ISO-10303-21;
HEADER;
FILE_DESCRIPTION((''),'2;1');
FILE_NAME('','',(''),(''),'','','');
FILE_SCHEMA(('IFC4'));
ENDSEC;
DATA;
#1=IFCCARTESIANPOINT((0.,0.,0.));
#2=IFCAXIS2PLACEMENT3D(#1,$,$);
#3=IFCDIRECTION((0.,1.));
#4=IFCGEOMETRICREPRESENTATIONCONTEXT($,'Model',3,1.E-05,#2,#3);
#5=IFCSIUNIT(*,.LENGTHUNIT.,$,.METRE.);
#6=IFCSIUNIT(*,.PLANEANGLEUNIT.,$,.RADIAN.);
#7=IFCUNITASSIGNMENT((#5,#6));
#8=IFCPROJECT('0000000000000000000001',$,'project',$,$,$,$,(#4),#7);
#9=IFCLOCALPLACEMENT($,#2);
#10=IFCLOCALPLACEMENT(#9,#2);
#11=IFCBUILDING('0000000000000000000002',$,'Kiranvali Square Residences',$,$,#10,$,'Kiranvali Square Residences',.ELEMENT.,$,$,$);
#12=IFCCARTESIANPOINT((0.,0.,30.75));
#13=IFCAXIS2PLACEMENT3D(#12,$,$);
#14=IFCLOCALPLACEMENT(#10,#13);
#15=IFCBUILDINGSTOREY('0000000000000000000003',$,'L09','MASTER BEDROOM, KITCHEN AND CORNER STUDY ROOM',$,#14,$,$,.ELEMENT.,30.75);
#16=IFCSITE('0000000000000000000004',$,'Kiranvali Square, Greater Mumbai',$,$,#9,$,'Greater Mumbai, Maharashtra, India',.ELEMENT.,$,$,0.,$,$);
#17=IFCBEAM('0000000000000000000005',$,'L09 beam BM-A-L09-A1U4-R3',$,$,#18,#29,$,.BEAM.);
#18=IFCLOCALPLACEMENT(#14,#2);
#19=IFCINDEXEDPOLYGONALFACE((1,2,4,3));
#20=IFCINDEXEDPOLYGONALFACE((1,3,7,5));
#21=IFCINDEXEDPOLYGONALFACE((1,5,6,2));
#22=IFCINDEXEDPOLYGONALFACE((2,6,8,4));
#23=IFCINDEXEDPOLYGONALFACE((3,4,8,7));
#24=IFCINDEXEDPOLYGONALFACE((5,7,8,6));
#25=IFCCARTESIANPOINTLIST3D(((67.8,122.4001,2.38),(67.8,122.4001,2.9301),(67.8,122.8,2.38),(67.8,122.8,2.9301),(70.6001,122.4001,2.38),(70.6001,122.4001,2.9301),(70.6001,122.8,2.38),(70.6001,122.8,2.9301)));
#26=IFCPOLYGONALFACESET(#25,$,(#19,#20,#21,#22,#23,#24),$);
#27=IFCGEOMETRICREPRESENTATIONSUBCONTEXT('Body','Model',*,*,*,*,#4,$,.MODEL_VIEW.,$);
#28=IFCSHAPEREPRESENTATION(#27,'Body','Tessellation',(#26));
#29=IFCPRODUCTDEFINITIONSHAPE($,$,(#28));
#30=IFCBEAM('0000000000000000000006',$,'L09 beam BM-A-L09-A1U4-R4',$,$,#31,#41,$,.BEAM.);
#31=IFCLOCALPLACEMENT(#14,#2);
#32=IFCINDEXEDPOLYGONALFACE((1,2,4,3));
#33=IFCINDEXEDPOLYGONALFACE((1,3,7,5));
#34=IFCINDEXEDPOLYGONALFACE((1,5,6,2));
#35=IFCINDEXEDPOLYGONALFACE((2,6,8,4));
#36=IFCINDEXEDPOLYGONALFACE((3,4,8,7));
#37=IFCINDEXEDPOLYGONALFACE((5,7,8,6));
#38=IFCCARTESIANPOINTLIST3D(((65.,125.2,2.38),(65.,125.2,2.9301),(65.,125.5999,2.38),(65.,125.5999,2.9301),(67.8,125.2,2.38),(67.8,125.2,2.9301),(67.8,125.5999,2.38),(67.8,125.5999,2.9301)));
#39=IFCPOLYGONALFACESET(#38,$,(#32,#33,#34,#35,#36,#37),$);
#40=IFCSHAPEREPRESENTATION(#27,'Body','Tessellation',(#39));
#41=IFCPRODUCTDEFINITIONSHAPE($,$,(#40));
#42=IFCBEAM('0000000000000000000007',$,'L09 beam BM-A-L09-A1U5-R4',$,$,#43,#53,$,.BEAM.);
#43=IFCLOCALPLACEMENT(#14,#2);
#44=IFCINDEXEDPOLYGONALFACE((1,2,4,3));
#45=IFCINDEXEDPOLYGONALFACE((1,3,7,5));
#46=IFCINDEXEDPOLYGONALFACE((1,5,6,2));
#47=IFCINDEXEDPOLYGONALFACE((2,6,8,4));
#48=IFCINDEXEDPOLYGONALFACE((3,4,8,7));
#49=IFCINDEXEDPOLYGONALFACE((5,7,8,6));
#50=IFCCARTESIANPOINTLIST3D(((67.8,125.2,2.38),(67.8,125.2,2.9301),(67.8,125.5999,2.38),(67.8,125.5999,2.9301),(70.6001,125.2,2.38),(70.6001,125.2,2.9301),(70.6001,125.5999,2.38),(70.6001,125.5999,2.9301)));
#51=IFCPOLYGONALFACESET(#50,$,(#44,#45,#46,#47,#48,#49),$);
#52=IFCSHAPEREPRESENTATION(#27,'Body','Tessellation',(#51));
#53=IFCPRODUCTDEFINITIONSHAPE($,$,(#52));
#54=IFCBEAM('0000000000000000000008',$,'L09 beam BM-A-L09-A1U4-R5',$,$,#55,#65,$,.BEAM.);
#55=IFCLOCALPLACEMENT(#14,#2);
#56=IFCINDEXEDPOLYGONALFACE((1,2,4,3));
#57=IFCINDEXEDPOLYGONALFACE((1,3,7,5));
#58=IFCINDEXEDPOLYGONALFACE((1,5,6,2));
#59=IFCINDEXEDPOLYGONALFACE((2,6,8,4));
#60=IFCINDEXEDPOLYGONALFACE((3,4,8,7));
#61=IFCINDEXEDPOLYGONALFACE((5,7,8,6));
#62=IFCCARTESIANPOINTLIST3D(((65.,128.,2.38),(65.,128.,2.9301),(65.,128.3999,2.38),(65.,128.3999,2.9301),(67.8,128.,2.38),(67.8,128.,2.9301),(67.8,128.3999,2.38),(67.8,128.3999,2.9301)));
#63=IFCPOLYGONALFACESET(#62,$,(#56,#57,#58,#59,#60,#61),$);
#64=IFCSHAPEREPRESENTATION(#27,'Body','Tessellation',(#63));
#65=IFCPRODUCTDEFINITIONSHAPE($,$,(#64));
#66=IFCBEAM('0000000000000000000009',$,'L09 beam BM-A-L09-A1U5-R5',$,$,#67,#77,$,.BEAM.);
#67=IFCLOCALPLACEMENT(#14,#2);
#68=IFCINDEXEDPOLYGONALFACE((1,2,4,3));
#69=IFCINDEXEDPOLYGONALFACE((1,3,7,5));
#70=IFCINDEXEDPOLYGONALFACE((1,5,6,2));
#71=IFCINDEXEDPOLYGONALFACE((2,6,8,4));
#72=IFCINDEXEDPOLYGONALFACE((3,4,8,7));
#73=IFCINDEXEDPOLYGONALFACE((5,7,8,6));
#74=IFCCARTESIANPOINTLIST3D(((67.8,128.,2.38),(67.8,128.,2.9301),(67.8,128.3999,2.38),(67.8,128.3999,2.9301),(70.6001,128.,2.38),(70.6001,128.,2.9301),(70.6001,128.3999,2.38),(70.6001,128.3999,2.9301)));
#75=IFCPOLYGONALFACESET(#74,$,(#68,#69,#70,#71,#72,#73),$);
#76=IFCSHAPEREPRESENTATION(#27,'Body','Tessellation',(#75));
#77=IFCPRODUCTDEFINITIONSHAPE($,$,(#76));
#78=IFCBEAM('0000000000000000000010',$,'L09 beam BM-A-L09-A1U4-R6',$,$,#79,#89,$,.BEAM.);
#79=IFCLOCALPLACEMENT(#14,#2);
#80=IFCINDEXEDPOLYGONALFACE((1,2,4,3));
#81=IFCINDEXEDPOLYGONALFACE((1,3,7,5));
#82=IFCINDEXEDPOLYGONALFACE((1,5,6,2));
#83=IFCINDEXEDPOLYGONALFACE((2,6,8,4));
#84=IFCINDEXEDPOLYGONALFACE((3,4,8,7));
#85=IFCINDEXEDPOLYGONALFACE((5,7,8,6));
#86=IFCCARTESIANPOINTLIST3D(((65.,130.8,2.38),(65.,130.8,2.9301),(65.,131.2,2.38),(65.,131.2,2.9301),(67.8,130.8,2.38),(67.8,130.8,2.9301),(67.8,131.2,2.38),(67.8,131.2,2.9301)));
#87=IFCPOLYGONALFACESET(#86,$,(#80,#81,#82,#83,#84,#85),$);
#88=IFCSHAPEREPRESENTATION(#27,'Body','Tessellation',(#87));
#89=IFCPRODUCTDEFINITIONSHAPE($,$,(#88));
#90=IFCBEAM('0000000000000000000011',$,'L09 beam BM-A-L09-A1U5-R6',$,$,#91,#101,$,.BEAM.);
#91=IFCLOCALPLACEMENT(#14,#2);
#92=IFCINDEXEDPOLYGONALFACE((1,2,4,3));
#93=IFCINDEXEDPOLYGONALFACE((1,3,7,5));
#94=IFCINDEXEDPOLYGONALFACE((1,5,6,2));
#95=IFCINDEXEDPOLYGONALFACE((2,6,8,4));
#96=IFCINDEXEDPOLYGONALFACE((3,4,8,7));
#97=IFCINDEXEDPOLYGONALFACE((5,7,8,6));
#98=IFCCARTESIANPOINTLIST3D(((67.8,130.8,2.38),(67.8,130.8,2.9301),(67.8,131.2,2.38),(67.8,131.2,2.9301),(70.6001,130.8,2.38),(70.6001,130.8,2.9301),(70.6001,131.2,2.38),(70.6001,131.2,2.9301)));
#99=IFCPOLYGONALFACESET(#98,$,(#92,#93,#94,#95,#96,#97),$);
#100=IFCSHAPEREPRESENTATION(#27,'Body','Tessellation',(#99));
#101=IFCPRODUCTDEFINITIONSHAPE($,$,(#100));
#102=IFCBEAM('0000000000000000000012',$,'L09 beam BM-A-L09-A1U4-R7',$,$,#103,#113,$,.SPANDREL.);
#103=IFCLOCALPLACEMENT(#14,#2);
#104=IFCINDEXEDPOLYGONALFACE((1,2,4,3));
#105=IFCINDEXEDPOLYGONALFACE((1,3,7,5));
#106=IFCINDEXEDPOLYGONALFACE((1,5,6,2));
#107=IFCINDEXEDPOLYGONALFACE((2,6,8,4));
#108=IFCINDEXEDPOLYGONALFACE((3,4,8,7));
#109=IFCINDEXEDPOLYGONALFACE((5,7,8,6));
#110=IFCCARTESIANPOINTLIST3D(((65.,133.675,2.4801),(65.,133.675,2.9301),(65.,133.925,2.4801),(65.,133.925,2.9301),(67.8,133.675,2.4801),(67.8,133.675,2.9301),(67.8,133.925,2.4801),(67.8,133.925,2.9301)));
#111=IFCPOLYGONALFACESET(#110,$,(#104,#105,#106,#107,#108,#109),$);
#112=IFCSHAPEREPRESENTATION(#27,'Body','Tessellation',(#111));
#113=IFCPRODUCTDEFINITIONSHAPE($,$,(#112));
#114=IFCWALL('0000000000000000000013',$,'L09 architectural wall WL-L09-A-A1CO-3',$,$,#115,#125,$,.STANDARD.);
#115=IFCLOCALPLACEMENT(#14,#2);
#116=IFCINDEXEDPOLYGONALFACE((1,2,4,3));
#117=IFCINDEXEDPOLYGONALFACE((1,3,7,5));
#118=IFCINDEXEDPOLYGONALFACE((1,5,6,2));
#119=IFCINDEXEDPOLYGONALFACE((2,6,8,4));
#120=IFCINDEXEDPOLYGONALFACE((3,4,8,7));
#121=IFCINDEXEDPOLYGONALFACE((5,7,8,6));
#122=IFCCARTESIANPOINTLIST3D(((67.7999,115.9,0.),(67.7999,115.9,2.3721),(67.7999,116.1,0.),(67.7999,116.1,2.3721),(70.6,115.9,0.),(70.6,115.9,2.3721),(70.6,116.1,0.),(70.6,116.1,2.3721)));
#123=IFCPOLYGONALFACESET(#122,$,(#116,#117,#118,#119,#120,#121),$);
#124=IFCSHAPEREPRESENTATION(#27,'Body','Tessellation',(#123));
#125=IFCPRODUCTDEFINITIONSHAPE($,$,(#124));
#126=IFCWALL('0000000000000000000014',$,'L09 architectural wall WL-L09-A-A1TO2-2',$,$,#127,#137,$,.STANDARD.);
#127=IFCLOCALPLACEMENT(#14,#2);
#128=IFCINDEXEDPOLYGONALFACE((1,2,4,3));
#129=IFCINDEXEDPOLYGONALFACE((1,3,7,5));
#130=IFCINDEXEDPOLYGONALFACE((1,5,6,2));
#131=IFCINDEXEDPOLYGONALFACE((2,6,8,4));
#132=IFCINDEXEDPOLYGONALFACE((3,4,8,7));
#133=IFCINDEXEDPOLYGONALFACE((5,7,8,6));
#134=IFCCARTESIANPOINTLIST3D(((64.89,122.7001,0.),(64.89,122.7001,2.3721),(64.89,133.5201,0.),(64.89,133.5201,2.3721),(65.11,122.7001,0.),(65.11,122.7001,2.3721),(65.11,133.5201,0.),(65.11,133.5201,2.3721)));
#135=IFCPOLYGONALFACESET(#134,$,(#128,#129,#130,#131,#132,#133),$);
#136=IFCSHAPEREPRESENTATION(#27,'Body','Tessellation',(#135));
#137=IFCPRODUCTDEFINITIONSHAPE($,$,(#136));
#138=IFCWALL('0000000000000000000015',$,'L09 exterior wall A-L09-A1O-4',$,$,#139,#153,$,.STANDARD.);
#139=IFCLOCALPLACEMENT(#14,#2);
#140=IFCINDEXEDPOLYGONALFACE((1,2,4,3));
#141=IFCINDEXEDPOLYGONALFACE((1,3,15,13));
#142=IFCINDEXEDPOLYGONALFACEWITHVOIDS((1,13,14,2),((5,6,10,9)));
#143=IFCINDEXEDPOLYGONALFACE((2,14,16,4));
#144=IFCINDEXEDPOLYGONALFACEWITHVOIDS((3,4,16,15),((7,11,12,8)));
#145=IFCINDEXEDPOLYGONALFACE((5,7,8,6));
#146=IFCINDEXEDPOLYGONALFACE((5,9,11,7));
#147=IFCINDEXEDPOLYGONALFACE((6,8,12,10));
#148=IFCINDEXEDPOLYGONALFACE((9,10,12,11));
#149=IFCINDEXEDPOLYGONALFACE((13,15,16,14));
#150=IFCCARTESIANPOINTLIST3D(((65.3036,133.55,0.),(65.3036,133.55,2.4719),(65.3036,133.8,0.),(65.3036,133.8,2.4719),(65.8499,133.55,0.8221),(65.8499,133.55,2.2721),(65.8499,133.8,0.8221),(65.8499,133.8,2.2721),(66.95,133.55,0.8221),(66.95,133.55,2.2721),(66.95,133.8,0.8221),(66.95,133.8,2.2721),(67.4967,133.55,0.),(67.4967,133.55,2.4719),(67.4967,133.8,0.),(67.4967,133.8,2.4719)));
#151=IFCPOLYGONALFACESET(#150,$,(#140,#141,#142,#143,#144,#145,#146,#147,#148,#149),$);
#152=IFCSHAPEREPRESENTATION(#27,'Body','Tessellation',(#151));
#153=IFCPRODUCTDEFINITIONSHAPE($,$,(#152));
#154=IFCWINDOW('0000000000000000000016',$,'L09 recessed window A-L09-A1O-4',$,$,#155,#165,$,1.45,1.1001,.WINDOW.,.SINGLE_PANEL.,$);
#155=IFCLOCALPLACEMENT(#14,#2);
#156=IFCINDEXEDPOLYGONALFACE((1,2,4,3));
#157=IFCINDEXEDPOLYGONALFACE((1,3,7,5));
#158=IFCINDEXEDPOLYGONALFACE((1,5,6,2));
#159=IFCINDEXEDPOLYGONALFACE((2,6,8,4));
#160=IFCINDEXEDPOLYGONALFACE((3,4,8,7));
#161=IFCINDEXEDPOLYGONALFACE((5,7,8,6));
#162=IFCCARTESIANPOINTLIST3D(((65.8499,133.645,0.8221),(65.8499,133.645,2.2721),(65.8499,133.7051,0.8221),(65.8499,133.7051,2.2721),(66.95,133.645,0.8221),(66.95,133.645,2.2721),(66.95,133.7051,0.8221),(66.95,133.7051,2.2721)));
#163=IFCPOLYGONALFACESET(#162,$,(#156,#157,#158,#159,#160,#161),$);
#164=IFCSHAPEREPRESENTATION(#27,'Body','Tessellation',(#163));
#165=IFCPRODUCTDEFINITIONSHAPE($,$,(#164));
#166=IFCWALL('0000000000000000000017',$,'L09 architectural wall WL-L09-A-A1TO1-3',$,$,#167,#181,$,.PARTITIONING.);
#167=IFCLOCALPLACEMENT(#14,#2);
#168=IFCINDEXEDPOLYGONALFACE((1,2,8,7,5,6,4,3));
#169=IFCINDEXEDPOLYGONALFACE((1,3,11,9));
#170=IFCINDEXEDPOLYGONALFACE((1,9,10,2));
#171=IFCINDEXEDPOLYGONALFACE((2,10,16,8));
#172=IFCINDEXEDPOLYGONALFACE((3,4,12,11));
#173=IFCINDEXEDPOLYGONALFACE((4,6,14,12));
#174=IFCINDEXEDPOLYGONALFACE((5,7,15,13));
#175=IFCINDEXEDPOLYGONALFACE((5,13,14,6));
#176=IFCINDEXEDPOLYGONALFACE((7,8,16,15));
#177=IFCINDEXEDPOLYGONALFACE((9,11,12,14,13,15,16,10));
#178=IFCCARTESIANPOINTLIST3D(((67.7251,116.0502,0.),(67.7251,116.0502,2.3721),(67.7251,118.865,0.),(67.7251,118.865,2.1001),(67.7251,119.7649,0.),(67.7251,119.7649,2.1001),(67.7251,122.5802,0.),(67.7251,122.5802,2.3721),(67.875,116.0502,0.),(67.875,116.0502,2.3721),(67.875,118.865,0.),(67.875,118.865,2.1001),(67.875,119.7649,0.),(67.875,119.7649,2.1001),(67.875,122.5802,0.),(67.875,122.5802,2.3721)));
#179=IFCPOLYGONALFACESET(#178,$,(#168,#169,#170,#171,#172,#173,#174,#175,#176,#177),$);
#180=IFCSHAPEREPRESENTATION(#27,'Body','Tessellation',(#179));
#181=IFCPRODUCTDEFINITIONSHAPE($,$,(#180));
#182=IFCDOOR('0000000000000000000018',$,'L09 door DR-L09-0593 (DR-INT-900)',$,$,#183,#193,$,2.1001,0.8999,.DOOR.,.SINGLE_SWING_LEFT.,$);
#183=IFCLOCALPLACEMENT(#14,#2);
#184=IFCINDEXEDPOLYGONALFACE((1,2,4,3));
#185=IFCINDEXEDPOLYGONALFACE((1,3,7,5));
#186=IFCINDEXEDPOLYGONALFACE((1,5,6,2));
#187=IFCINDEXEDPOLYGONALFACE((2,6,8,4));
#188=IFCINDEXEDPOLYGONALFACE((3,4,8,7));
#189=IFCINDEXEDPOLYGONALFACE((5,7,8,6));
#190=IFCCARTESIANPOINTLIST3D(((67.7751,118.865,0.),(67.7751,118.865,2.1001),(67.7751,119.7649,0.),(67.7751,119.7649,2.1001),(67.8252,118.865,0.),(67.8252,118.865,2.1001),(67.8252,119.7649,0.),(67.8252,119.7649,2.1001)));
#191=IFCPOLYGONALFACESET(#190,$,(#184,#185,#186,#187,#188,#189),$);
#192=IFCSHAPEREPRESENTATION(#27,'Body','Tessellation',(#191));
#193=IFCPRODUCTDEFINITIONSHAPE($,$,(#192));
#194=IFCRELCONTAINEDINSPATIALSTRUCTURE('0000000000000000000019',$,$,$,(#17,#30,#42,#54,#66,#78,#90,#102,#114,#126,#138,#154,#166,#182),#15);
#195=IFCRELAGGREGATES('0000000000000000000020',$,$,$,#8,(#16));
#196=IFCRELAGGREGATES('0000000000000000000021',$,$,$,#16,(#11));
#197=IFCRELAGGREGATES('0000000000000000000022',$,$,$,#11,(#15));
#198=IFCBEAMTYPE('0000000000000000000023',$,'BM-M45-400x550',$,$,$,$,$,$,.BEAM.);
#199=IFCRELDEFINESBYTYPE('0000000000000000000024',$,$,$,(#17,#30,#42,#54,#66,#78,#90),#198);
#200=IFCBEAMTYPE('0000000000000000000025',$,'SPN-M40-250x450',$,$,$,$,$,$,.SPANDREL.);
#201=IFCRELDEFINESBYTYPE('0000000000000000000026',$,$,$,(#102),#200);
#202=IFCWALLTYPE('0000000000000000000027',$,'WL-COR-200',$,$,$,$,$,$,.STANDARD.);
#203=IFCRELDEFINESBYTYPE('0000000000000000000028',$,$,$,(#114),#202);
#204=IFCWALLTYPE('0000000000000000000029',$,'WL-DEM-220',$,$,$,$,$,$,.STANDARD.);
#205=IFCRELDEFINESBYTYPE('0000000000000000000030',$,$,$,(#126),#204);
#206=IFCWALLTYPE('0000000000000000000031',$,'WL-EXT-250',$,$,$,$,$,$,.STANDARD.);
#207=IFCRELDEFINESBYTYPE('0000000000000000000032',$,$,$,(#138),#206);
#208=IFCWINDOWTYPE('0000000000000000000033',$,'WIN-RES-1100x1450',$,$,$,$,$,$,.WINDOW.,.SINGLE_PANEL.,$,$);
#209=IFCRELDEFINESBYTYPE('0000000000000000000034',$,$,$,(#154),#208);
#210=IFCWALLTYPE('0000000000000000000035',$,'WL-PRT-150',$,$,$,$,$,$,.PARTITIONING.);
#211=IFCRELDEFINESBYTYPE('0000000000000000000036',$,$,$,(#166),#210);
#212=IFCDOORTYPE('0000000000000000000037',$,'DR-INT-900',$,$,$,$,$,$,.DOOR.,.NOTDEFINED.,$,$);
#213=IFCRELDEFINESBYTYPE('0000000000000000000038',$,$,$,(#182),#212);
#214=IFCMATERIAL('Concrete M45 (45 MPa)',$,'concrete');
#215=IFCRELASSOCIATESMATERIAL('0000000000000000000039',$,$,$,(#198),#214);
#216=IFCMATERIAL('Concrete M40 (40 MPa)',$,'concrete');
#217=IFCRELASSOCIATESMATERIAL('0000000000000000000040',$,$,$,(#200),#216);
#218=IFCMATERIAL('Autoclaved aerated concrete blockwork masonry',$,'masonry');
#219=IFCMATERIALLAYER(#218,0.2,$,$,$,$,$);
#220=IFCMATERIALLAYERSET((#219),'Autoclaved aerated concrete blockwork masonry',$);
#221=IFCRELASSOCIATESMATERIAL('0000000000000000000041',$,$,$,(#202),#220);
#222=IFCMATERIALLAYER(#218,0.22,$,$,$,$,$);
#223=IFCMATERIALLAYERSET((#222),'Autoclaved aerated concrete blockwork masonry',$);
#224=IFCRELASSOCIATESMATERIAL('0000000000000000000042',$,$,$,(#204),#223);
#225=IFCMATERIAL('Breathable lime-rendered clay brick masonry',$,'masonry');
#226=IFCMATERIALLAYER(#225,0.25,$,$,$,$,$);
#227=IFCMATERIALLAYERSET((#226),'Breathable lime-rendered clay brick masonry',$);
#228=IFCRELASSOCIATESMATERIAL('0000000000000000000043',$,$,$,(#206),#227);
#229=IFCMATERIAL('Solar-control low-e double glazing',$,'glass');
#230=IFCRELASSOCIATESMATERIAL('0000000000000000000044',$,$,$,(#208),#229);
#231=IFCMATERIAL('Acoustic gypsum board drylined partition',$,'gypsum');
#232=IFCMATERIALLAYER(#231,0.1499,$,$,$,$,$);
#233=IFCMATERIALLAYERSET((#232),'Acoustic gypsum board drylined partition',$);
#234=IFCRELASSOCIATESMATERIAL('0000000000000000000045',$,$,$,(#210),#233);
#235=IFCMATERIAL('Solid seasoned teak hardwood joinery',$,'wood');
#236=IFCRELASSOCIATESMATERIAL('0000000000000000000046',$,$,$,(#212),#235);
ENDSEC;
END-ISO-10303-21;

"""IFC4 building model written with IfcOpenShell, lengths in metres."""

from ifc_helpers import new_model, si_unit, direction, frame, frame_2d, origin, origin_2d, place, context, subcontext, project, spatial, rectangle, extrude, material, layer, layer_set, material_profile, profile_set, type_object, element, fill, save


model = new_model("IFC4")

# Units and contexts
model_context = context("Model", 3, precision=1e-05, world=origin(), true_north=direction((0.0, 1.0)))
body_context = subcontext(model_context, "Body", "Model", "MODEL_VIEW")
ifc_project = project(units=[si_unit("LENGTHUNIT", "METRE"), si_unit("PLANEANGLEUNIT", "RADIAN")], contexts=[model_context])

# Site, building, storey
site_placement = place(None, origin())
site = spatial("IfcSite", under=ifc_project, at=site_placement, Name="Kiranvali Square, Greater Mumbai", LongName="Greater Mumbai, Maharashtra, India", CompositionType="ELEMENT", RefElevation=0.0)
building_placement = place(site_placement, origin())
building = spatial("IfcBuilding", under=site, at=building_placement, Name="Kiranvali Square Residences", LongName="Kiranvali Square Residences", CompositionType="ELEMENT")
storey_placement = place(building_placement, frame((0.0, 0.0, 30.75)))
storey = spatial("IfcBuildingStorey", under=building, at=storey_placement, Name="L09", Description="MASTER BEDROOM, KITCHEN AND CORNER STUDY ROOM", CompositionType="ELEMENT", Elevation=30.75)

# Shared definitions
ifc_material_1 = material(Name="Concrete M40 (40 MPa)", Category="concrete")

# Beams
ifc_material_2 = material(Name="Concrete M45 (45 MPa)", Category="concrete")
ifc_material_profile_1 = material_profile(ifc_material_2, rectangle(XDim=0.3999, YDim=0.55, at=origin_2d()), Name="RC 400x550")
ifc_profile_set_1 = profile_set([ifc_material_profile_1], Name="Concrete M45 (45 MPa)")
beam_type_1 = type_object("IfcBeamType", Name="BM-M45-400x550", PredefinedType="BEAM", material=ifc_profile_set_1)
for number, where, z_axis, x_axis, name in (
    (1, (67.8, 122.6001, 2.655), (1.0, 0.0, 0.0), (0.0, 1.0, 0.0), "L09 beam BM-A-L09-A1U4-R3"),
    (2, (65.0, 125.3999, 2.655), (1.0, 0.0, 0.0), (0.0, 1.0, 0.0), "L09 beam BM-A-L09-A1U4-R4"),
    (3, (67.8, 125.3999, 2.655), (1.0, 0.0, 0.0), (0.0, 1.0, 0.0), "L09 beam BM-A-L09-A1U5-R4"),
    (4, (65.0, 128.2, 2.655), (1.0, 0.0, 0.0), (0.0, 1.0, 0.0), "L09 beam BM-A-L09-A1U4-R5"),
    (5, (67.8, 128.2, 2.655), (1.0, 0.0, 0.0), (0.0, 1.0, 0.0), "L09 beam BM-A-L09-A1U5-R5"),
    (6, (65.0, 131.0, 2.655), (1.0, 0.0, 0.0), (0.0, 1.0, 0.0), "L09 beam BM-A-L09-A1U4-R6"),
    (7, (67.8, 131.0, 2.655), (1.0, 0.0, 0.0), (0.0, 1.0, 0.0), "L09 beam BM-A-L09-A1U5-R6"),
):
    element("IfcBeam", number, at=place(storey_placement, frame(where, z_axis=z_axis, x_axis=x_axis)), inside=storey, type_object=beam_type_1, Name=name, PredefinedType="BEAM", context=body_context, shape_type="SweptSolid", body=[
        extrude(rectangle(XDim=0.3999, YDim=0.55, at=origin_2d()), origin(), (0.0, 0.0, 1.0), 2.8),
    ])
ifc_material_profile_2 = material_profile(ifc_material_1, rectangle(XDim=0.25, YDim=0.45, at=origin_2d()), Name="RC 250x450")
ifc_profile_set_2 = profile_set([ifc_material_profile_2], Name="Concrete M40 (40 MPa)")
beam_type_2 = type_object("IfcBeamType", Name="SPN-M40-250x450", PredefinedType="SPANDREL", material=ifc_profile_set_2)
beam_1_placement = place(storey_placement, frame((65.0, 133.8, 2.7051), z_axis=(1.0, 0.0, 0.0), x_axis=(0.0, 1.0, 0.0)))
element("IfcBeam", 8, at=beam_1_placement, inside=storey, type_object=beam_type_2, Name="L09 beam BM-A-L09-A1U4-R7", PredefinedType="SPANDREL", context=body_context, shape_type="SweptSolid", body=[
    extrude(rectangle(XDim=0.25, YDim=0.45, at=origin_2d()), origin(), (0.0, 0.0, 1.0), 2.8),
])

# Walls
ifc_material_3 = material(Name="Autoclaved aerated concrete blockwork masonry", Category="masonry")
ifc_layer_1 = layer(ifc_material_3, 0.2)
ifc_layer_set_1 = layer_set([ifc_layer_1], Name="Autoclaved aerated concrete blockwork masonry")
wall_type_1 = type_object("IfcWallType", Name="WL-COR-200", PredefinedType="STANDARD", material=ifc_layer_set_1)
wall_1_placement = place(storey_placement, frame((67.8, 116.0, 0.0), z_axis=(0.0, 0.0, 1.0), x_axis=(1.0, 0.0, 0.0)))
element("IfcWall", 9, at=wall_1_placement, inside=storey, type_object=wall_type_1, Name="L09 architectural wall WL-L09-A-A1CO-3", PredefinedType="STANDARD", context=body_context, shape_type="SweptSolid", body=[
    extrude(rectangle(XDim=2.8, YDim=0.2, at=frame_2d((1.3999, 0.0))), origin(), (0.0, 0.0, 1.0), 2.3721),
])
ifc_layer_2 = layer(ifc_material_3, 0.22)
ifc_layer_set_2 = layer_set([ifc_layer_2], Name="Autoclaved aerated concrete blockwork masonry")
wall_type_2 = type_object("IfcWallType", Name="WL-DEM-220", PredefinedType="STANDARD", material=ifc_layer_set_2)
wall_2_placement = place(storey_placement, frame((65.0, 122.7, 0.0), z_axis=(0.0, 0.0, 1.0), x_axis=(0.0, 1.0, 0.0)))
element("IfcWall", 10, at=wall_2_placement, inside=storey, type_object=wall_type_2, Name="L09 architectural wall WL-L09-A-A1TO2-2", PredefinedType="STANDARD", context=body_context, shape_type="SweptSolid", body=[
    extrude(rectangle(XDim=10.8201, YDim=0.22, at=frame_2d((5.4102, 0.0))), origin(), (0.0, 0.0, 1.0), 2.3721),
])

# Wall, opening, window
ifc_material_4 = material(Name="Breathable lime-rendered clay brick masonry", Category="masonry")
ifc_layer_3 = layer(ifc_material_4, 0.25)
ifc_layer_set_3 = layer_set([ifc_layer_3], Name="Breathable lime-rendered clay brick masonry")
wall_type_3 = type_object("IfcWallType", Name="WL-EXT-250", PredefinedType="STANDARD", material=ifc_layer_set_3)
wall_3_placement = place(storey_placement, frame((65.3035, 133.675, 0.0), z_axis=(0.0, 0.0, 1.0), x_axis=(1.0, 0.0, 0.0)))
wall_3 = element("IfcWall", 11, at=wall_3_placement, inside=storey, type_object=wall_type_3, Name="L09 exterior wall A-L09-A1O-4", PredefinedType="STANDARD", context=body_context, shape_type="SweptSolid", body=[
    extrude(rectangle(XDim=2.1931, YDim=0.25, at=frame_2d((1.0967, 0.0))), origin(), (0.0, 0.0, 1.0), 2.4719),
])
opening_1_placement = place(wall_3_placement, frame((0.5464, 0.0, 0.822)))
opening_1 = element("IfcOpeningElement", 12, at=opening_1_placement, cuts=wall_3, PredefinedType="OPENING", context=body_context, shape_type="SweptSolid", body=[
    extrude(rectangle(XDim=1.1001, YDim=1.45, at=frame_2d((0.55, 0.7251))), frame((0.0, 0.135, 0.0), z_axis=(0.0, -1.0, 0.0), x_axis=(1.0, 0.0, 0.0)), (0.0, 0.0, 1.0), 0.27),
])
ifc_material_5 = material(Name="Solar-control low-e double glazing", Category="glass")
window_type = type_object("IfcWindowType", Name="WIN-RES-1100x1450", PartitioningType="SINGLE_PANEL", PredefinedType="WINDOW", material=ifc_material_5)
window_placement = place(opening_1_placement, origin())
window = element("IfcWindow", 13, at=window_placement, inside=storey, type_object=window_type, Name="L09 recessed window A-L09-A1O-4", OverallHeight=1.45, OverallWidth=1.1001, PartitioningType="SINGLE_PANEL", PredefinedType="WINDOW", context=body_context, shape_type="SweptSolid", body=[
    extrude(rectangle(XDim=1.1001, YDim=1.45, at=frame_2d((0.55, 0.7251))), frame((0.0, 0.03, 0.0), z_axis=(0.0, -1.0, 0.0), x_axis=(1.0, 0.0, 0.0)), (0.0, 0.0, 1.0), 0.0601),
])
fill(opening_1, window)

# Wall, opening, door
ifc_material_6 = material(Name="Acoustic gypsum board drylined partition", Category="gypsum")
ifc_layer_4 = layer(ifc_material_6, 0.1499)
ifc_layer_set_4 = layer_set([ifc_layer_4], Name="Acoustic gypsum board drylined partition")
wall_type_4 = type_object("IfcWallType", Name="WL-PRT-150", PredefinedType="PARTITIONING", material=ifc_layer_set_4)
wall_4_placement = place(storey_placement, frame((67.8, 116.05, 0.0), z_axis=(0.0, 0.0, 1.0), x_axis=(0.0, 1.0, 0.0)))
wall_4 = element("IfcWall", 14, at=wall_4_placement, inside=storey, type_object=wall_type_4, Name="L09 architectural wall WL-L09-A-A1TO1-3", PredefinedType="PARTITIONING", context=body_context, shape_type="SweptSolid", body=[
    extrude(rectangle(XDim=6.53, YDim=0.1499, at=frame_2d((3.2651, 0.0))), origin(), (0.0, 0.0, 1.0), 2.3721),
])
opening_2_placement = place(wall_4_placement, frame((2.8149, 0.0, 0.0)))
opening_2 = element("IfcOpeningElement", 15, at=opening_2_placement, cuts=wall_4, PredefinedType="OPENING", context=body_context, shape_type="SweptSolid", body=[
    extrude(rectangle(XDim=0.8999, YDim=2.1001, at=frame_2d((0.45, 1.05))), frame((0.0, 0.085, 0.0), z_axis=(0.0, -1.0, 0.0), x_axis=(1.0, 0.0, 0.0)), (0.0, 0.0, 1.0), 0.1699),
])
ifc_material_7 = material(Name="Solid seasoned teak hardwood joinery", Category="wood")
door_type_1 = type_object("IfcDoorType", Name="DR-INT-900", OperationType="NOTDEFINED", PredefinedType="DOOR", material=ifc_material_7)
door_1_placement = place(opening_2_placement, origin())
door_1 = element("IfcDoor", 16, at=door_1_placement, inside=storey, type_object=door_type_1, Name="L09 door DR-L09-0593 (DR-INT-900)", OperationType="SINGLE_SWING_LEFT", OverallHeight=2.1001, OverallWidth=0.8999, PredefinedType="DOOR", context=body_context, shape_type="SweptSolid", body=[
    extrude(rectangle(XDim=0.8999, YDim=2.1001, at=frame_2d((0.45, 1.05))), frame((0.0, 0.0249, 0.0), z_axis=(0.0, -1.0, 0.0), x_axis=(1.0, 0.0, 0.0)), (0.0, 0.0, 1.0), 0.05),
])
fill(opening_2, door_1)

save(model, "model.ifc")
